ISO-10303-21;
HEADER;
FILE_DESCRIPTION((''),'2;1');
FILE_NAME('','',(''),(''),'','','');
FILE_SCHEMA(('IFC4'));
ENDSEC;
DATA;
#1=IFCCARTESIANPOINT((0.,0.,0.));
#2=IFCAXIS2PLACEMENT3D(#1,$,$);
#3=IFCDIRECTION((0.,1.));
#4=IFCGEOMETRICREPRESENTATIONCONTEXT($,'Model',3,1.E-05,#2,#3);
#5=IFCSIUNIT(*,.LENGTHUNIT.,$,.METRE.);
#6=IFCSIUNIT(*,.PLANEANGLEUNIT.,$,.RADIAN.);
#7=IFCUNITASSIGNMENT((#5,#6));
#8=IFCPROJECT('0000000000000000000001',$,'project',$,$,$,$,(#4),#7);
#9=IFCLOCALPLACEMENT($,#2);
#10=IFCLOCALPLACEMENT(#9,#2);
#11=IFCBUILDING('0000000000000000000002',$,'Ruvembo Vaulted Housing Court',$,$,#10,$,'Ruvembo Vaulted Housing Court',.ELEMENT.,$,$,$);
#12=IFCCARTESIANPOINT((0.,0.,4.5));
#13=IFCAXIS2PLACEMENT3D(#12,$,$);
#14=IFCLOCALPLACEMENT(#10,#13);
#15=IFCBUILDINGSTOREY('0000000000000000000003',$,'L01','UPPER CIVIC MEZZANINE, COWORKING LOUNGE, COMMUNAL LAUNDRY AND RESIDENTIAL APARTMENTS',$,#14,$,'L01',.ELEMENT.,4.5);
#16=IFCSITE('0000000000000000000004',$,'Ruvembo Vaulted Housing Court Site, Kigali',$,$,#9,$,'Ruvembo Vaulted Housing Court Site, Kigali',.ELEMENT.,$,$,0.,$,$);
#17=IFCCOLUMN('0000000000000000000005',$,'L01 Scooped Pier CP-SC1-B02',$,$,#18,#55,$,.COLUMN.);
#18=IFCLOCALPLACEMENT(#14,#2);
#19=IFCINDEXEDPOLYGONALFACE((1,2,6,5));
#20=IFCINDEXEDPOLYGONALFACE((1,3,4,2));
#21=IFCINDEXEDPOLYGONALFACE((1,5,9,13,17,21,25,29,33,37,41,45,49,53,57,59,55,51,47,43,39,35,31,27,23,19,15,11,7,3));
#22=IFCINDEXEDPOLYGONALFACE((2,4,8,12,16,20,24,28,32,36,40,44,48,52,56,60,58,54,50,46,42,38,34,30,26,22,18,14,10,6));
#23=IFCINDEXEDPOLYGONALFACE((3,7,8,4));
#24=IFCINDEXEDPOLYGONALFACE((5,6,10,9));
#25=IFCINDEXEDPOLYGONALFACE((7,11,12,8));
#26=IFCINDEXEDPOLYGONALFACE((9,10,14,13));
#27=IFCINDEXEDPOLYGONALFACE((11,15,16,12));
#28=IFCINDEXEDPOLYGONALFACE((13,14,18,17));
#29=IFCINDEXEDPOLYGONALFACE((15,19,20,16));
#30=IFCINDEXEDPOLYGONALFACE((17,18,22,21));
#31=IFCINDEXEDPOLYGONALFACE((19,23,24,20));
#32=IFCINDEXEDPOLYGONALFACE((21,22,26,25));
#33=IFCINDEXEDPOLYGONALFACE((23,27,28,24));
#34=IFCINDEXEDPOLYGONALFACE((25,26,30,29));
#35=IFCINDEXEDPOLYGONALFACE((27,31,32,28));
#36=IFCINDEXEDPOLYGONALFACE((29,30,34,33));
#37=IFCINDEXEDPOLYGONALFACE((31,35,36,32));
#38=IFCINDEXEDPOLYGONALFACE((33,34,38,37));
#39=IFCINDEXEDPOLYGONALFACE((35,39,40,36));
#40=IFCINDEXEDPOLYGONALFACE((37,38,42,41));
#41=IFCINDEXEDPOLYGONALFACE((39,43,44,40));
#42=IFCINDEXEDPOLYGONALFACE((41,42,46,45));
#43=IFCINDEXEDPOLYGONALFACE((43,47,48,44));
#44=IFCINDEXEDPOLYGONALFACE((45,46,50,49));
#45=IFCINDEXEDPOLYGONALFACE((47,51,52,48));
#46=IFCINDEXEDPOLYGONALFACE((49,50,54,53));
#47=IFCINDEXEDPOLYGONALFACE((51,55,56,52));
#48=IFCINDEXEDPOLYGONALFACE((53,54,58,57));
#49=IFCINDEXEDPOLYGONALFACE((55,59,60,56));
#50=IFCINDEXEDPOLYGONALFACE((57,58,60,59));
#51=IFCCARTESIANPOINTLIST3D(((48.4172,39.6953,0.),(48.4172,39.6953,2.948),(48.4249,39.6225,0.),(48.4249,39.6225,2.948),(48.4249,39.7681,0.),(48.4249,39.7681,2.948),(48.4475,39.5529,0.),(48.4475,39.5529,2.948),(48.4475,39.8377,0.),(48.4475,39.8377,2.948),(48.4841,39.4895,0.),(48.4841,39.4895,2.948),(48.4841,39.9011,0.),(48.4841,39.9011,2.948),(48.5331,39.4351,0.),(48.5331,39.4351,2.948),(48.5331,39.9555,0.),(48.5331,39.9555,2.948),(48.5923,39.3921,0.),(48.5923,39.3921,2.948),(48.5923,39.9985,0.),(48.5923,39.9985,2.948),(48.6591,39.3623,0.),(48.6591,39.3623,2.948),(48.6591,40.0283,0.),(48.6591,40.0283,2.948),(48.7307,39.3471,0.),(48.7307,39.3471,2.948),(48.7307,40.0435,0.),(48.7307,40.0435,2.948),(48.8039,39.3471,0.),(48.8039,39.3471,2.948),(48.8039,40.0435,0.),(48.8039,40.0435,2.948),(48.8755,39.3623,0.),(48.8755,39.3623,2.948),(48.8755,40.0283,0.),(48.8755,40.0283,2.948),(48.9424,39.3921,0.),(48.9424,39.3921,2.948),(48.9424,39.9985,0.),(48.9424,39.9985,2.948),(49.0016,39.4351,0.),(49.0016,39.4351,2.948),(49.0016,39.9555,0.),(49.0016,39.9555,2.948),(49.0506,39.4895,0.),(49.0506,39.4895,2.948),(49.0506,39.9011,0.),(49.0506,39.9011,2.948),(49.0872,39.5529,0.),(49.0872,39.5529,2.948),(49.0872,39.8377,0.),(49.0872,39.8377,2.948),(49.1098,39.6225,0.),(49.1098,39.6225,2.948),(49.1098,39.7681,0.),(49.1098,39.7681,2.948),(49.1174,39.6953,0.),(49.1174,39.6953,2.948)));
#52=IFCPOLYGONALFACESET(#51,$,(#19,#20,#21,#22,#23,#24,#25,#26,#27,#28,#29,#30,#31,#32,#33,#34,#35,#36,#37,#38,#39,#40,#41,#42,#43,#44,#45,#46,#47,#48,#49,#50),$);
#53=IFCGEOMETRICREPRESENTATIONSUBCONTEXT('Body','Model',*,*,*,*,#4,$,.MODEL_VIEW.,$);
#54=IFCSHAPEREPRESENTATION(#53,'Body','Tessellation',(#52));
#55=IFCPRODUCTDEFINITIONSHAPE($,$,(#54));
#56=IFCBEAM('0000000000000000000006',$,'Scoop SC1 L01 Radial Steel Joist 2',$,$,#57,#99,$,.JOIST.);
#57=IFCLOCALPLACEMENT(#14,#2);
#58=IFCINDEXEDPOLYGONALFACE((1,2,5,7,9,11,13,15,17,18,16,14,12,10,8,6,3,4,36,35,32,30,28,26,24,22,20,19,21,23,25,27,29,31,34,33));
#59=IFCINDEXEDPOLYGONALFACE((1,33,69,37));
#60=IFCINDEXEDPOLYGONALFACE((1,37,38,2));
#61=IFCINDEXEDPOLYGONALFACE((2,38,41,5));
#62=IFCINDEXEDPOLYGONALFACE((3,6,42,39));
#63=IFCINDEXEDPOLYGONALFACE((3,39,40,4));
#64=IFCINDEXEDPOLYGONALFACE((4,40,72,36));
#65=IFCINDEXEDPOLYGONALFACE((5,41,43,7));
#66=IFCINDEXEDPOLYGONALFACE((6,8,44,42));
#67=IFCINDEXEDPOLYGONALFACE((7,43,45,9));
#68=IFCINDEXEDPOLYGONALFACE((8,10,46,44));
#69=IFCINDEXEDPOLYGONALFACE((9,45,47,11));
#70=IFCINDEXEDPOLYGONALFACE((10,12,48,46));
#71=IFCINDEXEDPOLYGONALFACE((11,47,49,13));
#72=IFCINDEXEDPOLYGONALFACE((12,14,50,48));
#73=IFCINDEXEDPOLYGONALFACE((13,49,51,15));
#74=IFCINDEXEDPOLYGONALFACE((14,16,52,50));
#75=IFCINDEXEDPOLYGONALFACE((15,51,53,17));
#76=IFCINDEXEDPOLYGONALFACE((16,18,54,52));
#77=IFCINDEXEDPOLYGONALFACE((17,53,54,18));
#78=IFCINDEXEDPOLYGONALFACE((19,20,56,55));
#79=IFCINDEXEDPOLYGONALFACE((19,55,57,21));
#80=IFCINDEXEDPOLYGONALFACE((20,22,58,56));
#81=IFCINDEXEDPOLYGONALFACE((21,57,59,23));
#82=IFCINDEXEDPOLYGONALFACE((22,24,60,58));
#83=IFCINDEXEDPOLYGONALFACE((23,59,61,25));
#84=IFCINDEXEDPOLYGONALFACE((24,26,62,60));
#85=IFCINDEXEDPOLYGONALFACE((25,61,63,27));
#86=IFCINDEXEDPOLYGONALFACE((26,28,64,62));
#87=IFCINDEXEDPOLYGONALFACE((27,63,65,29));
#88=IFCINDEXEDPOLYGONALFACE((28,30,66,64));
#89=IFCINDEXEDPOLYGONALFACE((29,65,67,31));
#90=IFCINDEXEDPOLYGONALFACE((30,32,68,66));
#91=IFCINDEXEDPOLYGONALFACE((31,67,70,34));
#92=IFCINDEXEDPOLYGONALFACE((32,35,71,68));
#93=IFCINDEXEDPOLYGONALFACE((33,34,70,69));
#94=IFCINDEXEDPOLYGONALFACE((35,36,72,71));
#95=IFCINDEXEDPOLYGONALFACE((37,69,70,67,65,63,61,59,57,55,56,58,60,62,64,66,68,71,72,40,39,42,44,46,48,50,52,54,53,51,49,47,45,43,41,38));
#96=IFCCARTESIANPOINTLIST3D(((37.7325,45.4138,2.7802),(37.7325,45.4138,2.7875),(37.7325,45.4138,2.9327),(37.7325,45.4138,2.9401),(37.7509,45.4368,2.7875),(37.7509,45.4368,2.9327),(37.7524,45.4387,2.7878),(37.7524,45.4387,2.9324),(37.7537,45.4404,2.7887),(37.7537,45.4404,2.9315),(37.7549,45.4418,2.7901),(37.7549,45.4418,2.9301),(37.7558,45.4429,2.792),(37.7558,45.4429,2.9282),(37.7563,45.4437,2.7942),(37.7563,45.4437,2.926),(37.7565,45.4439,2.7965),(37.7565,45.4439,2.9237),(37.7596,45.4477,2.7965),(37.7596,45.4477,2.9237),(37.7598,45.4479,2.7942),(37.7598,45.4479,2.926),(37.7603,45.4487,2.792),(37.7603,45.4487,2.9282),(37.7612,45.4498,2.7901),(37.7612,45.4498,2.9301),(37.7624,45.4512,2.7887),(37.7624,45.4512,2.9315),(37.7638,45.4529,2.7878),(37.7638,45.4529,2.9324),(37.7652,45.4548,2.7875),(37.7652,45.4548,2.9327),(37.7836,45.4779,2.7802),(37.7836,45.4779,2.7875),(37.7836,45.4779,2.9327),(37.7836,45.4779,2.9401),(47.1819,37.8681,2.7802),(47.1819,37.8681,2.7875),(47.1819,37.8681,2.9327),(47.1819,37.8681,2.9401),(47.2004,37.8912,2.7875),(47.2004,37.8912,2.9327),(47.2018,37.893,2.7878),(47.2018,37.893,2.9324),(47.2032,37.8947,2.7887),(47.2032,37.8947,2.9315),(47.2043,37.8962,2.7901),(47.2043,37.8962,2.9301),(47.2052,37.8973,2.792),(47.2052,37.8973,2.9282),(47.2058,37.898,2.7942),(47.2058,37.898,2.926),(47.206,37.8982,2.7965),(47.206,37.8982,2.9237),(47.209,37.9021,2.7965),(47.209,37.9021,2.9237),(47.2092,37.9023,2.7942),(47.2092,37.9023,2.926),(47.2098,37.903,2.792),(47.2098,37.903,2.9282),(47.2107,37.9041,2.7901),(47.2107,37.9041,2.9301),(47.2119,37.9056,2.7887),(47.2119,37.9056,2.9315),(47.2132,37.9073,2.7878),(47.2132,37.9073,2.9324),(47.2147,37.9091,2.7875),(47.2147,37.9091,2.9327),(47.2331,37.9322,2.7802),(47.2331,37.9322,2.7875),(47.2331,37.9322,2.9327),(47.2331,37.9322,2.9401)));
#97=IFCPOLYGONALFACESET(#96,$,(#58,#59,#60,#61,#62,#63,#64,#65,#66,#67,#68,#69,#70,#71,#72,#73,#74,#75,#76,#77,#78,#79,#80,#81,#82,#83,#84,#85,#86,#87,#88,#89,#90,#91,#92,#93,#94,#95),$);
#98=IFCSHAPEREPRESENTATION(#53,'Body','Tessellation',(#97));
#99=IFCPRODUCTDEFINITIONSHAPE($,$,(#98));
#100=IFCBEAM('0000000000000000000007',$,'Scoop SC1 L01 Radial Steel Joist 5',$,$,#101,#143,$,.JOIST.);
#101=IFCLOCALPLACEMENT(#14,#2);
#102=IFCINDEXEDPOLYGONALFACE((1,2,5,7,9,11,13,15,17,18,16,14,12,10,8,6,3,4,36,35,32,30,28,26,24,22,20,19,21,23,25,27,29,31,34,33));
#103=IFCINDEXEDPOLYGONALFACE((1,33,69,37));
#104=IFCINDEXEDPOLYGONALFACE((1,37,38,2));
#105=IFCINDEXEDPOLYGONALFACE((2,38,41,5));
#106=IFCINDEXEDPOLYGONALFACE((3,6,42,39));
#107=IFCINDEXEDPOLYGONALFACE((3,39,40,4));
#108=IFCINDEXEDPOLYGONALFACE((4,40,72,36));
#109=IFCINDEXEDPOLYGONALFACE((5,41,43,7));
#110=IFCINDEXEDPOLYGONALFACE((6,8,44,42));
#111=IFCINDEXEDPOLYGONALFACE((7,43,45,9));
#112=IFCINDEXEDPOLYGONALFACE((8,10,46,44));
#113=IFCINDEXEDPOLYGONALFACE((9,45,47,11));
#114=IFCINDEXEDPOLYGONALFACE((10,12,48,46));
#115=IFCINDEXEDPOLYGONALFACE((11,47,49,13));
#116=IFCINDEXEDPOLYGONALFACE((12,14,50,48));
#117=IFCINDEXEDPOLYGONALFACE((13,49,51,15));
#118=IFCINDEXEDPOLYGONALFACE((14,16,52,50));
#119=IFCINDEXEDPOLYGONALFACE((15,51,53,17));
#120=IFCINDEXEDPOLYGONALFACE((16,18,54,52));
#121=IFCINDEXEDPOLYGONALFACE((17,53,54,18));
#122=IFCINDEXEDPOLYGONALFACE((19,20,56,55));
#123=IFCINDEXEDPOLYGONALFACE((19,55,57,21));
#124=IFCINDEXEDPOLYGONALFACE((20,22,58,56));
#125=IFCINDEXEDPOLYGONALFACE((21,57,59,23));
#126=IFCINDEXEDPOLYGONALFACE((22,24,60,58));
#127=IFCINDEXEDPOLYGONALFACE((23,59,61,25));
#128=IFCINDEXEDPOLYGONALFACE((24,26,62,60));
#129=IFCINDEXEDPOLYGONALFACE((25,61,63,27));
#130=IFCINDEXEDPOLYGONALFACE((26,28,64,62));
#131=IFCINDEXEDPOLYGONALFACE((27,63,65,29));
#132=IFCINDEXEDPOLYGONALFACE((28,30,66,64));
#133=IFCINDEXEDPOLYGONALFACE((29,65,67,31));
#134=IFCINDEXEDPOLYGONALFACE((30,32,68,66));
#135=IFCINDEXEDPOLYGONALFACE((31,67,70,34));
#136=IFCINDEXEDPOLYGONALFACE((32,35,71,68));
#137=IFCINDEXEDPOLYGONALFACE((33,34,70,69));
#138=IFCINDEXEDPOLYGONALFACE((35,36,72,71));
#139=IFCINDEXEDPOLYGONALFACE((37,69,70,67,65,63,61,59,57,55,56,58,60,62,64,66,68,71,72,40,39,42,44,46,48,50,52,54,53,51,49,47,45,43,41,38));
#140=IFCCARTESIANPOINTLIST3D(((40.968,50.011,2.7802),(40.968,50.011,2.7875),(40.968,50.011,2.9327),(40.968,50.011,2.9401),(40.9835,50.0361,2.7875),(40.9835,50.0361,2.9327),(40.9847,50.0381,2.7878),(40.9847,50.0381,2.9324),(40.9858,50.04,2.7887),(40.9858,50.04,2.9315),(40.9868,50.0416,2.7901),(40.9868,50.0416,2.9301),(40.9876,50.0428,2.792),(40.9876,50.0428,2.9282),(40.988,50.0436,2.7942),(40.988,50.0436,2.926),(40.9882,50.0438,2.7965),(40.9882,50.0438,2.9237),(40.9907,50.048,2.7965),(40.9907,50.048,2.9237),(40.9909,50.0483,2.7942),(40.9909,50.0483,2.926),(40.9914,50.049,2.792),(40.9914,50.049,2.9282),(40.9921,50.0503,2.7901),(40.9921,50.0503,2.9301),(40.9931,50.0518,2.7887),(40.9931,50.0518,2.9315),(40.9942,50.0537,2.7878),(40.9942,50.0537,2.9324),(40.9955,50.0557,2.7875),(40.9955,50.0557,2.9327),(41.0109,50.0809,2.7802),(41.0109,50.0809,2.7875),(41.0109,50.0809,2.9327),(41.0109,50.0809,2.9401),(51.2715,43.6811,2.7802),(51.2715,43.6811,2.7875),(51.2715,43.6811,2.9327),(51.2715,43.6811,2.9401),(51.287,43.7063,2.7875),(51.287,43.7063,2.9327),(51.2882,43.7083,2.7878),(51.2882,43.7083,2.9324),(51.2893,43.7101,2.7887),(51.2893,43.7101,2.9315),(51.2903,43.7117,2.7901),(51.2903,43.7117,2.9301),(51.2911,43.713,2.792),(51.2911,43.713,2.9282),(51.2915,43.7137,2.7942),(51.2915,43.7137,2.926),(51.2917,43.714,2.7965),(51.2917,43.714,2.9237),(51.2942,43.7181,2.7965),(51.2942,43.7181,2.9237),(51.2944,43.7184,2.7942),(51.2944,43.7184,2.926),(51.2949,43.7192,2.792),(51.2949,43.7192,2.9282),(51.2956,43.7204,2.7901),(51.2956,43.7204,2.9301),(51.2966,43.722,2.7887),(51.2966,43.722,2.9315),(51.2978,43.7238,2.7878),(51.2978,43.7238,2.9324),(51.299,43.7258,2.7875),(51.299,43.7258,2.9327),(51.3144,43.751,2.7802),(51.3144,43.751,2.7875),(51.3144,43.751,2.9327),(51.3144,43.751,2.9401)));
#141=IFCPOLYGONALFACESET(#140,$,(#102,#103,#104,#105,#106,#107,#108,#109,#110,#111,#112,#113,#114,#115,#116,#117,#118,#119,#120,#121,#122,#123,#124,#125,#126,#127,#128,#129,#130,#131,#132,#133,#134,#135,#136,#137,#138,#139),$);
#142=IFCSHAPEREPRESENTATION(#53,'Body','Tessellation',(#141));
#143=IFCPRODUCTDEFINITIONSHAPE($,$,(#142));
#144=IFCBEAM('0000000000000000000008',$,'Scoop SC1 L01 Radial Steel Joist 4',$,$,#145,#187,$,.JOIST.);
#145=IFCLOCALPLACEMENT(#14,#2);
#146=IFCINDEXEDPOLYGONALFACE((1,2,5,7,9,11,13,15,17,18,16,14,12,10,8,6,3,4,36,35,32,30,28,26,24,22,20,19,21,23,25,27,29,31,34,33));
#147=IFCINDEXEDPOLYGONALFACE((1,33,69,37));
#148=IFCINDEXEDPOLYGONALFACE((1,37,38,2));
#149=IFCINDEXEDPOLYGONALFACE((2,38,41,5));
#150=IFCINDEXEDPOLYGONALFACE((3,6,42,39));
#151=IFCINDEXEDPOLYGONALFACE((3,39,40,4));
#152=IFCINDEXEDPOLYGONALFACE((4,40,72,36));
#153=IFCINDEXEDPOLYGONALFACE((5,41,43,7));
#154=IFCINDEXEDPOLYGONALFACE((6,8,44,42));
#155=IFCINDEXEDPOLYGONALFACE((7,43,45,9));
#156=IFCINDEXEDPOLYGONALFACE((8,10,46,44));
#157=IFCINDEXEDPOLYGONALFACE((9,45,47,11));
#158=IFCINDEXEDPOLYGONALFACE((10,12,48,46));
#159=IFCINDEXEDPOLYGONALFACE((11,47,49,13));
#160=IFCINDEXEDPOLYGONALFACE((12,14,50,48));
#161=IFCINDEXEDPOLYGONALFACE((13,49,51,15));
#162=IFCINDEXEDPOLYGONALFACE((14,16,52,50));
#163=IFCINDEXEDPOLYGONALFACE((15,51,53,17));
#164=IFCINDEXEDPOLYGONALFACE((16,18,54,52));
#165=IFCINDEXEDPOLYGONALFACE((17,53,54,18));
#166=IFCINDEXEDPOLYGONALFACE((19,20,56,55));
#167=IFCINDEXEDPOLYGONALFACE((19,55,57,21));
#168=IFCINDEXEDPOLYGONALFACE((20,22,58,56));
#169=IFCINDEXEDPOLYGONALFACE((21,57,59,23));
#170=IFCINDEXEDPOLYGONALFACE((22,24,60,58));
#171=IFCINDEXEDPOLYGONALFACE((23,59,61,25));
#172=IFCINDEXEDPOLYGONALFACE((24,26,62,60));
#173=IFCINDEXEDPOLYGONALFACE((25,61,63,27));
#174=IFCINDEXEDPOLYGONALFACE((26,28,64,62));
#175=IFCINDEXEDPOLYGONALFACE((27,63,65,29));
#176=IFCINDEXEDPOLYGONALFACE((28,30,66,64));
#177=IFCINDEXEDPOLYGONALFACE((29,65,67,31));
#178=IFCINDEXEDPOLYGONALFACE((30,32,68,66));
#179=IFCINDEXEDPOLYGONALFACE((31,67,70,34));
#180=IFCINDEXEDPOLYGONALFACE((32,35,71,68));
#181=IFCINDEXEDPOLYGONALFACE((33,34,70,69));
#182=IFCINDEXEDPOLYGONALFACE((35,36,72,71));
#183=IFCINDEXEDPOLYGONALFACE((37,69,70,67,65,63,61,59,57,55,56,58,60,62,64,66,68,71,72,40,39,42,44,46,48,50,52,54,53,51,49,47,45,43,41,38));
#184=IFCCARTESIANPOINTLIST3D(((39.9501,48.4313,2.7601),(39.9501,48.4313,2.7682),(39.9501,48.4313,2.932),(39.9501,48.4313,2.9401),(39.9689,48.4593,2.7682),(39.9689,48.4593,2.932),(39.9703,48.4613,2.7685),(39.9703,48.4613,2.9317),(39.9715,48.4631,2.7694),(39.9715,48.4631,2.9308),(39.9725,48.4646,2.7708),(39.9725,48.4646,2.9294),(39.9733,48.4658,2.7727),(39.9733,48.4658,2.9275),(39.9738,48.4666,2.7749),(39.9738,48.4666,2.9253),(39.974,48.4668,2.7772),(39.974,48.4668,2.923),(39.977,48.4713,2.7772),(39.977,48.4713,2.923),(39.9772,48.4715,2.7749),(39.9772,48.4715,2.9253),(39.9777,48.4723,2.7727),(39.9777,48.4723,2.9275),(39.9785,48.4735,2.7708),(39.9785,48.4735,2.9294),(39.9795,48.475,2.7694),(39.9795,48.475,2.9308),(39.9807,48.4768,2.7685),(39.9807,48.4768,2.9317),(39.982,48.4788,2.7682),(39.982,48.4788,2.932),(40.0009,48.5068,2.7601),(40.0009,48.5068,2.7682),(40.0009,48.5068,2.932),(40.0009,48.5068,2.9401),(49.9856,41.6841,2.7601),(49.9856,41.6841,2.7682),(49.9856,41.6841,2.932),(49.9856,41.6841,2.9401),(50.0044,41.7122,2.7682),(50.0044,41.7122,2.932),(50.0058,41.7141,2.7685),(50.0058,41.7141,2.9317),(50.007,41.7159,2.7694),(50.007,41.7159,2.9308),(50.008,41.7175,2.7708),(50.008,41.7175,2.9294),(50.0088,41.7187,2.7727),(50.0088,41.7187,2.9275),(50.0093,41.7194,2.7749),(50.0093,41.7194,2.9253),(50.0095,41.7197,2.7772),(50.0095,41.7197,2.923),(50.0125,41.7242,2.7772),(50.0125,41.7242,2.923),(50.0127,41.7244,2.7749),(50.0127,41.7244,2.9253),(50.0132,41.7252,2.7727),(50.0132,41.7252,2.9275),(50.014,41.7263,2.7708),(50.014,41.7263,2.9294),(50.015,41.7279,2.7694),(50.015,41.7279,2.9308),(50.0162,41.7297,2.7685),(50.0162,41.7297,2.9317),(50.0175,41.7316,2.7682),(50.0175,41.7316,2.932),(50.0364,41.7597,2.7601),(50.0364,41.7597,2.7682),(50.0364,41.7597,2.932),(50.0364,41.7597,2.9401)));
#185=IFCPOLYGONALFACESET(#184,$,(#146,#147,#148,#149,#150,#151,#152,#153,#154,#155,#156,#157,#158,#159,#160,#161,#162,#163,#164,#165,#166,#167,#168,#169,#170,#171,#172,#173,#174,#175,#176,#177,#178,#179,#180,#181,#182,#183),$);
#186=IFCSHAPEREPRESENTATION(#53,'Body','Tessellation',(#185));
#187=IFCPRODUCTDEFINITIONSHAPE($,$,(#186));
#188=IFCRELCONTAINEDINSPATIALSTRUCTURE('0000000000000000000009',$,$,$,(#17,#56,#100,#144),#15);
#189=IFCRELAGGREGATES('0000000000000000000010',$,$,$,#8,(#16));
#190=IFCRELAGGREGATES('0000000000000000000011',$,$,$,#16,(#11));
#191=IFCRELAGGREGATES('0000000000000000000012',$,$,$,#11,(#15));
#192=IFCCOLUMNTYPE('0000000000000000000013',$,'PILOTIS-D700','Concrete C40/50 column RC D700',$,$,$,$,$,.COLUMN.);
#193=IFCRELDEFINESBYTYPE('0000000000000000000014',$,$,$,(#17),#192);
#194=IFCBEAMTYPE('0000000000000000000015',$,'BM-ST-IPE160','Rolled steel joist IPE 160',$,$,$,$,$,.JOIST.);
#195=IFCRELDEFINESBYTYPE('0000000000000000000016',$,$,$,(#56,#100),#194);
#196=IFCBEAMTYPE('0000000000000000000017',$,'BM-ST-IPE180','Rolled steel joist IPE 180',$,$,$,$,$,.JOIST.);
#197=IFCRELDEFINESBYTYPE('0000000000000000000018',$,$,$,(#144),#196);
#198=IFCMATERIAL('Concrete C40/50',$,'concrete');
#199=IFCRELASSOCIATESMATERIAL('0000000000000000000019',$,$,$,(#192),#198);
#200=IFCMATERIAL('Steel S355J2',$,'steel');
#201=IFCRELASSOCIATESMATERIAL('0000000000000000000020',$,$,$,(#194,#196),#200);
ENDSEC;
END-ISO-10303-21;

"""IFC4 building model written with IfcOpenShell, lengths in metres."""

from ifc_helpers import new_model, si_unit, direction, frame, origin, origin_2d, place, context, subcontext, project, spatial, circle, i_section, extrude, material, material_profile, profile_set, type_object, element, save


model = new_model("IFC4")

# Units and contexts
model_context = context("Model", 3, precision=1e-05, world=origin(), true_north=direction((0.0, 1.0)))
body_context = subcontext(model_context, "Body", "Model", "MODEL_VIEW")
ifc_project = project(units=[si_unit("LENGTHUNIT", "METRE"), si_unit("PLANEANGLEUNIT", "RADIAN")], contexts=[model_context])

# Site, building, storey
site_placement = place(None, origin())
site = spatial("IfcSite", under=ifc_project, at=site_placement, Name="Ruvembo Vaulted Housing Court Site, Kigali", LongName="Ruvembo Vaulted Housing Court Site, Kigali", CompositionType="ELEMENT", RefElevation=0.0)
building_placement = place(site_placement, origin())
building = spatial("IfcBuilding", under=site, at=building_placement, Name="Ruvembo Vaulted Housing Court", LongName="Ruvembo Vaulted Housing Court", CompositionType="ELEMENT")
storey_placement = place(building_placement, frame((0.0, 0.0, 4.5)))
storey = spatial("IfcBuildingStorey", under=building, at=storey_placement, Name="L01", Description="UPPER CIVIC MEZZANINE, COWORKING LOUNGE, COMMUNAL LAUNDRY AND RESIDENTIAL APARTMENTS", LongName="L01", CompositionType="ELEMENT", Elevation=4.5)

# Column
ifc_material_1 = material(Name="Concrete C40/50", Category="concrete")
ifc_material_profile_1 = material_profile(ifc_material_1, circle(Radius=0.3501, at=origin_2d()), Name="RC D700")
ifc_profile_set_1 = profile_set([ifc_material_profile_1], Name="Concrete C40/50")
column_type = type_object("IfcColumnType", Name="PILOTIS-D700", Description="Concrete C40/50 column RC D700", PredefinedType="COLUMN", material=ifc_profile_set_1)
column_placement = place(storey_placement, frame((48.7673, 39.6953, 0.0), z_axis=(0.0, 0.0, 1.0), x_axis=(1.0, 0.0, 0.0)))
element("IfcColumn", 1, at=column_placement, inside=storey, type_object=column_type, Name="L01 Scooped Pier CP-SC1-B02", PredefinedType="COLUMN", context=body_context, shape_type="SweptSolid", body=[
    extrude(circle(Radius=0.3501, at=origin_2d()), origin(), (0.0, 0.0, 1.0), 2.948),
])

# Beams
ifc_material_2 = material(Name="Steel S355J2", Category="steel")
ifc_material_profile_2 = material_profile(ifc_material_2, i_section(OverallWidth=0.082, OverallDepth=0.1599, WebThickness=0.0049, FlangeThickness=0.0073, FilletRadius=0.009, at=origin_2d()), Name="IPE 160")
ifc_profile_set_2 = profile_set([ifc_material_profile_2], Name="Steel S355J2")
beam_type_1 = type_object("IfcBeamType", Name="BM-ST-IPE160", Description="Rolled steel joist IPE 160", PredefinedType="JOIST", material=ifc_profile_set_2)
for number, where, z_axis, x_axis, name in (
    (2, (47.2075, 37.9001, 2.8601), (-0.78143, 0.623993, 0.0), (-0.623993, -0.78143, 0.0), "Scoop SC1 L01 Radial Steel Joist 2"),
    (3, (51.293, 43.7161, 2.8601), (-0.852055, 0.523452, 0.0), (-0.523452, -0.852055, 0.0), "Scoop SC1 L01 Radial Steel Joist 5"),
):
    element("IfcBeam", number, at=place(storey_placement, frame(where, z_axis=z_axis, x_axis=x_axis)), inside=storey, type_object=beam_type_1, Name=name, PredefinedType="JOIST", context=body_context, shape_type="SweptSolid", body=[
        extrude(i_section(OverallWidth=0.082, OverallDepth=0.1599, WebThickness=0.0049, FlangeThickness=0.0073, FilletRadius=0.009, at=origin_2d()), origin(), (0.0, 0.0, 1.0), 12.0925),
    ])
ifc_material_profile_3 = material_profile(ifc_material_2, i_section(OverallWidth=0.0911, OverallDepth=0.1799, WebThickness=0.0054, FlangeThickness=0.0081, FilletRadius=0.009, at=origin_2d()), Name="IPE 180")
ifc_profile_set_3 = profile_set([ifc_material_profile_3], Name="Steel S355J2")
beam_type_2 = type_object("IfcBeamType", Name="BM-ST-IPE180", Description="Rolled steel joist IPE 180", PredefinedType="JOIST", material=ifc_profile_set_3)
beam_1_placement = place(storey_placement, frame((50.011, 41.7219, 2.8501), z_axis=(-0.829876, 0.557948, 0.0), x_axis=(-0.557948, -0.829876, 0.0)))
element("IfcBeam", 4, at=beam_1_placement, inside=storey, type_object=beam_type_2, Name="Scoop SC1 L01 Radial Steel Joist 4", PredefinedType="JOIST", context=body_context, shape_type="SweptSolid", body=[
    extrude(i_section(OverallWidth=0.0911, OverallDepth=0.1799, WebThickness=0.0054, FlangeThickness=0.0081, FilletRadius=0.009, at=origin_2d()), origin(), (0.0, 0.0, 1.0), 12.0928),
])

save(model, "model.ifc")
